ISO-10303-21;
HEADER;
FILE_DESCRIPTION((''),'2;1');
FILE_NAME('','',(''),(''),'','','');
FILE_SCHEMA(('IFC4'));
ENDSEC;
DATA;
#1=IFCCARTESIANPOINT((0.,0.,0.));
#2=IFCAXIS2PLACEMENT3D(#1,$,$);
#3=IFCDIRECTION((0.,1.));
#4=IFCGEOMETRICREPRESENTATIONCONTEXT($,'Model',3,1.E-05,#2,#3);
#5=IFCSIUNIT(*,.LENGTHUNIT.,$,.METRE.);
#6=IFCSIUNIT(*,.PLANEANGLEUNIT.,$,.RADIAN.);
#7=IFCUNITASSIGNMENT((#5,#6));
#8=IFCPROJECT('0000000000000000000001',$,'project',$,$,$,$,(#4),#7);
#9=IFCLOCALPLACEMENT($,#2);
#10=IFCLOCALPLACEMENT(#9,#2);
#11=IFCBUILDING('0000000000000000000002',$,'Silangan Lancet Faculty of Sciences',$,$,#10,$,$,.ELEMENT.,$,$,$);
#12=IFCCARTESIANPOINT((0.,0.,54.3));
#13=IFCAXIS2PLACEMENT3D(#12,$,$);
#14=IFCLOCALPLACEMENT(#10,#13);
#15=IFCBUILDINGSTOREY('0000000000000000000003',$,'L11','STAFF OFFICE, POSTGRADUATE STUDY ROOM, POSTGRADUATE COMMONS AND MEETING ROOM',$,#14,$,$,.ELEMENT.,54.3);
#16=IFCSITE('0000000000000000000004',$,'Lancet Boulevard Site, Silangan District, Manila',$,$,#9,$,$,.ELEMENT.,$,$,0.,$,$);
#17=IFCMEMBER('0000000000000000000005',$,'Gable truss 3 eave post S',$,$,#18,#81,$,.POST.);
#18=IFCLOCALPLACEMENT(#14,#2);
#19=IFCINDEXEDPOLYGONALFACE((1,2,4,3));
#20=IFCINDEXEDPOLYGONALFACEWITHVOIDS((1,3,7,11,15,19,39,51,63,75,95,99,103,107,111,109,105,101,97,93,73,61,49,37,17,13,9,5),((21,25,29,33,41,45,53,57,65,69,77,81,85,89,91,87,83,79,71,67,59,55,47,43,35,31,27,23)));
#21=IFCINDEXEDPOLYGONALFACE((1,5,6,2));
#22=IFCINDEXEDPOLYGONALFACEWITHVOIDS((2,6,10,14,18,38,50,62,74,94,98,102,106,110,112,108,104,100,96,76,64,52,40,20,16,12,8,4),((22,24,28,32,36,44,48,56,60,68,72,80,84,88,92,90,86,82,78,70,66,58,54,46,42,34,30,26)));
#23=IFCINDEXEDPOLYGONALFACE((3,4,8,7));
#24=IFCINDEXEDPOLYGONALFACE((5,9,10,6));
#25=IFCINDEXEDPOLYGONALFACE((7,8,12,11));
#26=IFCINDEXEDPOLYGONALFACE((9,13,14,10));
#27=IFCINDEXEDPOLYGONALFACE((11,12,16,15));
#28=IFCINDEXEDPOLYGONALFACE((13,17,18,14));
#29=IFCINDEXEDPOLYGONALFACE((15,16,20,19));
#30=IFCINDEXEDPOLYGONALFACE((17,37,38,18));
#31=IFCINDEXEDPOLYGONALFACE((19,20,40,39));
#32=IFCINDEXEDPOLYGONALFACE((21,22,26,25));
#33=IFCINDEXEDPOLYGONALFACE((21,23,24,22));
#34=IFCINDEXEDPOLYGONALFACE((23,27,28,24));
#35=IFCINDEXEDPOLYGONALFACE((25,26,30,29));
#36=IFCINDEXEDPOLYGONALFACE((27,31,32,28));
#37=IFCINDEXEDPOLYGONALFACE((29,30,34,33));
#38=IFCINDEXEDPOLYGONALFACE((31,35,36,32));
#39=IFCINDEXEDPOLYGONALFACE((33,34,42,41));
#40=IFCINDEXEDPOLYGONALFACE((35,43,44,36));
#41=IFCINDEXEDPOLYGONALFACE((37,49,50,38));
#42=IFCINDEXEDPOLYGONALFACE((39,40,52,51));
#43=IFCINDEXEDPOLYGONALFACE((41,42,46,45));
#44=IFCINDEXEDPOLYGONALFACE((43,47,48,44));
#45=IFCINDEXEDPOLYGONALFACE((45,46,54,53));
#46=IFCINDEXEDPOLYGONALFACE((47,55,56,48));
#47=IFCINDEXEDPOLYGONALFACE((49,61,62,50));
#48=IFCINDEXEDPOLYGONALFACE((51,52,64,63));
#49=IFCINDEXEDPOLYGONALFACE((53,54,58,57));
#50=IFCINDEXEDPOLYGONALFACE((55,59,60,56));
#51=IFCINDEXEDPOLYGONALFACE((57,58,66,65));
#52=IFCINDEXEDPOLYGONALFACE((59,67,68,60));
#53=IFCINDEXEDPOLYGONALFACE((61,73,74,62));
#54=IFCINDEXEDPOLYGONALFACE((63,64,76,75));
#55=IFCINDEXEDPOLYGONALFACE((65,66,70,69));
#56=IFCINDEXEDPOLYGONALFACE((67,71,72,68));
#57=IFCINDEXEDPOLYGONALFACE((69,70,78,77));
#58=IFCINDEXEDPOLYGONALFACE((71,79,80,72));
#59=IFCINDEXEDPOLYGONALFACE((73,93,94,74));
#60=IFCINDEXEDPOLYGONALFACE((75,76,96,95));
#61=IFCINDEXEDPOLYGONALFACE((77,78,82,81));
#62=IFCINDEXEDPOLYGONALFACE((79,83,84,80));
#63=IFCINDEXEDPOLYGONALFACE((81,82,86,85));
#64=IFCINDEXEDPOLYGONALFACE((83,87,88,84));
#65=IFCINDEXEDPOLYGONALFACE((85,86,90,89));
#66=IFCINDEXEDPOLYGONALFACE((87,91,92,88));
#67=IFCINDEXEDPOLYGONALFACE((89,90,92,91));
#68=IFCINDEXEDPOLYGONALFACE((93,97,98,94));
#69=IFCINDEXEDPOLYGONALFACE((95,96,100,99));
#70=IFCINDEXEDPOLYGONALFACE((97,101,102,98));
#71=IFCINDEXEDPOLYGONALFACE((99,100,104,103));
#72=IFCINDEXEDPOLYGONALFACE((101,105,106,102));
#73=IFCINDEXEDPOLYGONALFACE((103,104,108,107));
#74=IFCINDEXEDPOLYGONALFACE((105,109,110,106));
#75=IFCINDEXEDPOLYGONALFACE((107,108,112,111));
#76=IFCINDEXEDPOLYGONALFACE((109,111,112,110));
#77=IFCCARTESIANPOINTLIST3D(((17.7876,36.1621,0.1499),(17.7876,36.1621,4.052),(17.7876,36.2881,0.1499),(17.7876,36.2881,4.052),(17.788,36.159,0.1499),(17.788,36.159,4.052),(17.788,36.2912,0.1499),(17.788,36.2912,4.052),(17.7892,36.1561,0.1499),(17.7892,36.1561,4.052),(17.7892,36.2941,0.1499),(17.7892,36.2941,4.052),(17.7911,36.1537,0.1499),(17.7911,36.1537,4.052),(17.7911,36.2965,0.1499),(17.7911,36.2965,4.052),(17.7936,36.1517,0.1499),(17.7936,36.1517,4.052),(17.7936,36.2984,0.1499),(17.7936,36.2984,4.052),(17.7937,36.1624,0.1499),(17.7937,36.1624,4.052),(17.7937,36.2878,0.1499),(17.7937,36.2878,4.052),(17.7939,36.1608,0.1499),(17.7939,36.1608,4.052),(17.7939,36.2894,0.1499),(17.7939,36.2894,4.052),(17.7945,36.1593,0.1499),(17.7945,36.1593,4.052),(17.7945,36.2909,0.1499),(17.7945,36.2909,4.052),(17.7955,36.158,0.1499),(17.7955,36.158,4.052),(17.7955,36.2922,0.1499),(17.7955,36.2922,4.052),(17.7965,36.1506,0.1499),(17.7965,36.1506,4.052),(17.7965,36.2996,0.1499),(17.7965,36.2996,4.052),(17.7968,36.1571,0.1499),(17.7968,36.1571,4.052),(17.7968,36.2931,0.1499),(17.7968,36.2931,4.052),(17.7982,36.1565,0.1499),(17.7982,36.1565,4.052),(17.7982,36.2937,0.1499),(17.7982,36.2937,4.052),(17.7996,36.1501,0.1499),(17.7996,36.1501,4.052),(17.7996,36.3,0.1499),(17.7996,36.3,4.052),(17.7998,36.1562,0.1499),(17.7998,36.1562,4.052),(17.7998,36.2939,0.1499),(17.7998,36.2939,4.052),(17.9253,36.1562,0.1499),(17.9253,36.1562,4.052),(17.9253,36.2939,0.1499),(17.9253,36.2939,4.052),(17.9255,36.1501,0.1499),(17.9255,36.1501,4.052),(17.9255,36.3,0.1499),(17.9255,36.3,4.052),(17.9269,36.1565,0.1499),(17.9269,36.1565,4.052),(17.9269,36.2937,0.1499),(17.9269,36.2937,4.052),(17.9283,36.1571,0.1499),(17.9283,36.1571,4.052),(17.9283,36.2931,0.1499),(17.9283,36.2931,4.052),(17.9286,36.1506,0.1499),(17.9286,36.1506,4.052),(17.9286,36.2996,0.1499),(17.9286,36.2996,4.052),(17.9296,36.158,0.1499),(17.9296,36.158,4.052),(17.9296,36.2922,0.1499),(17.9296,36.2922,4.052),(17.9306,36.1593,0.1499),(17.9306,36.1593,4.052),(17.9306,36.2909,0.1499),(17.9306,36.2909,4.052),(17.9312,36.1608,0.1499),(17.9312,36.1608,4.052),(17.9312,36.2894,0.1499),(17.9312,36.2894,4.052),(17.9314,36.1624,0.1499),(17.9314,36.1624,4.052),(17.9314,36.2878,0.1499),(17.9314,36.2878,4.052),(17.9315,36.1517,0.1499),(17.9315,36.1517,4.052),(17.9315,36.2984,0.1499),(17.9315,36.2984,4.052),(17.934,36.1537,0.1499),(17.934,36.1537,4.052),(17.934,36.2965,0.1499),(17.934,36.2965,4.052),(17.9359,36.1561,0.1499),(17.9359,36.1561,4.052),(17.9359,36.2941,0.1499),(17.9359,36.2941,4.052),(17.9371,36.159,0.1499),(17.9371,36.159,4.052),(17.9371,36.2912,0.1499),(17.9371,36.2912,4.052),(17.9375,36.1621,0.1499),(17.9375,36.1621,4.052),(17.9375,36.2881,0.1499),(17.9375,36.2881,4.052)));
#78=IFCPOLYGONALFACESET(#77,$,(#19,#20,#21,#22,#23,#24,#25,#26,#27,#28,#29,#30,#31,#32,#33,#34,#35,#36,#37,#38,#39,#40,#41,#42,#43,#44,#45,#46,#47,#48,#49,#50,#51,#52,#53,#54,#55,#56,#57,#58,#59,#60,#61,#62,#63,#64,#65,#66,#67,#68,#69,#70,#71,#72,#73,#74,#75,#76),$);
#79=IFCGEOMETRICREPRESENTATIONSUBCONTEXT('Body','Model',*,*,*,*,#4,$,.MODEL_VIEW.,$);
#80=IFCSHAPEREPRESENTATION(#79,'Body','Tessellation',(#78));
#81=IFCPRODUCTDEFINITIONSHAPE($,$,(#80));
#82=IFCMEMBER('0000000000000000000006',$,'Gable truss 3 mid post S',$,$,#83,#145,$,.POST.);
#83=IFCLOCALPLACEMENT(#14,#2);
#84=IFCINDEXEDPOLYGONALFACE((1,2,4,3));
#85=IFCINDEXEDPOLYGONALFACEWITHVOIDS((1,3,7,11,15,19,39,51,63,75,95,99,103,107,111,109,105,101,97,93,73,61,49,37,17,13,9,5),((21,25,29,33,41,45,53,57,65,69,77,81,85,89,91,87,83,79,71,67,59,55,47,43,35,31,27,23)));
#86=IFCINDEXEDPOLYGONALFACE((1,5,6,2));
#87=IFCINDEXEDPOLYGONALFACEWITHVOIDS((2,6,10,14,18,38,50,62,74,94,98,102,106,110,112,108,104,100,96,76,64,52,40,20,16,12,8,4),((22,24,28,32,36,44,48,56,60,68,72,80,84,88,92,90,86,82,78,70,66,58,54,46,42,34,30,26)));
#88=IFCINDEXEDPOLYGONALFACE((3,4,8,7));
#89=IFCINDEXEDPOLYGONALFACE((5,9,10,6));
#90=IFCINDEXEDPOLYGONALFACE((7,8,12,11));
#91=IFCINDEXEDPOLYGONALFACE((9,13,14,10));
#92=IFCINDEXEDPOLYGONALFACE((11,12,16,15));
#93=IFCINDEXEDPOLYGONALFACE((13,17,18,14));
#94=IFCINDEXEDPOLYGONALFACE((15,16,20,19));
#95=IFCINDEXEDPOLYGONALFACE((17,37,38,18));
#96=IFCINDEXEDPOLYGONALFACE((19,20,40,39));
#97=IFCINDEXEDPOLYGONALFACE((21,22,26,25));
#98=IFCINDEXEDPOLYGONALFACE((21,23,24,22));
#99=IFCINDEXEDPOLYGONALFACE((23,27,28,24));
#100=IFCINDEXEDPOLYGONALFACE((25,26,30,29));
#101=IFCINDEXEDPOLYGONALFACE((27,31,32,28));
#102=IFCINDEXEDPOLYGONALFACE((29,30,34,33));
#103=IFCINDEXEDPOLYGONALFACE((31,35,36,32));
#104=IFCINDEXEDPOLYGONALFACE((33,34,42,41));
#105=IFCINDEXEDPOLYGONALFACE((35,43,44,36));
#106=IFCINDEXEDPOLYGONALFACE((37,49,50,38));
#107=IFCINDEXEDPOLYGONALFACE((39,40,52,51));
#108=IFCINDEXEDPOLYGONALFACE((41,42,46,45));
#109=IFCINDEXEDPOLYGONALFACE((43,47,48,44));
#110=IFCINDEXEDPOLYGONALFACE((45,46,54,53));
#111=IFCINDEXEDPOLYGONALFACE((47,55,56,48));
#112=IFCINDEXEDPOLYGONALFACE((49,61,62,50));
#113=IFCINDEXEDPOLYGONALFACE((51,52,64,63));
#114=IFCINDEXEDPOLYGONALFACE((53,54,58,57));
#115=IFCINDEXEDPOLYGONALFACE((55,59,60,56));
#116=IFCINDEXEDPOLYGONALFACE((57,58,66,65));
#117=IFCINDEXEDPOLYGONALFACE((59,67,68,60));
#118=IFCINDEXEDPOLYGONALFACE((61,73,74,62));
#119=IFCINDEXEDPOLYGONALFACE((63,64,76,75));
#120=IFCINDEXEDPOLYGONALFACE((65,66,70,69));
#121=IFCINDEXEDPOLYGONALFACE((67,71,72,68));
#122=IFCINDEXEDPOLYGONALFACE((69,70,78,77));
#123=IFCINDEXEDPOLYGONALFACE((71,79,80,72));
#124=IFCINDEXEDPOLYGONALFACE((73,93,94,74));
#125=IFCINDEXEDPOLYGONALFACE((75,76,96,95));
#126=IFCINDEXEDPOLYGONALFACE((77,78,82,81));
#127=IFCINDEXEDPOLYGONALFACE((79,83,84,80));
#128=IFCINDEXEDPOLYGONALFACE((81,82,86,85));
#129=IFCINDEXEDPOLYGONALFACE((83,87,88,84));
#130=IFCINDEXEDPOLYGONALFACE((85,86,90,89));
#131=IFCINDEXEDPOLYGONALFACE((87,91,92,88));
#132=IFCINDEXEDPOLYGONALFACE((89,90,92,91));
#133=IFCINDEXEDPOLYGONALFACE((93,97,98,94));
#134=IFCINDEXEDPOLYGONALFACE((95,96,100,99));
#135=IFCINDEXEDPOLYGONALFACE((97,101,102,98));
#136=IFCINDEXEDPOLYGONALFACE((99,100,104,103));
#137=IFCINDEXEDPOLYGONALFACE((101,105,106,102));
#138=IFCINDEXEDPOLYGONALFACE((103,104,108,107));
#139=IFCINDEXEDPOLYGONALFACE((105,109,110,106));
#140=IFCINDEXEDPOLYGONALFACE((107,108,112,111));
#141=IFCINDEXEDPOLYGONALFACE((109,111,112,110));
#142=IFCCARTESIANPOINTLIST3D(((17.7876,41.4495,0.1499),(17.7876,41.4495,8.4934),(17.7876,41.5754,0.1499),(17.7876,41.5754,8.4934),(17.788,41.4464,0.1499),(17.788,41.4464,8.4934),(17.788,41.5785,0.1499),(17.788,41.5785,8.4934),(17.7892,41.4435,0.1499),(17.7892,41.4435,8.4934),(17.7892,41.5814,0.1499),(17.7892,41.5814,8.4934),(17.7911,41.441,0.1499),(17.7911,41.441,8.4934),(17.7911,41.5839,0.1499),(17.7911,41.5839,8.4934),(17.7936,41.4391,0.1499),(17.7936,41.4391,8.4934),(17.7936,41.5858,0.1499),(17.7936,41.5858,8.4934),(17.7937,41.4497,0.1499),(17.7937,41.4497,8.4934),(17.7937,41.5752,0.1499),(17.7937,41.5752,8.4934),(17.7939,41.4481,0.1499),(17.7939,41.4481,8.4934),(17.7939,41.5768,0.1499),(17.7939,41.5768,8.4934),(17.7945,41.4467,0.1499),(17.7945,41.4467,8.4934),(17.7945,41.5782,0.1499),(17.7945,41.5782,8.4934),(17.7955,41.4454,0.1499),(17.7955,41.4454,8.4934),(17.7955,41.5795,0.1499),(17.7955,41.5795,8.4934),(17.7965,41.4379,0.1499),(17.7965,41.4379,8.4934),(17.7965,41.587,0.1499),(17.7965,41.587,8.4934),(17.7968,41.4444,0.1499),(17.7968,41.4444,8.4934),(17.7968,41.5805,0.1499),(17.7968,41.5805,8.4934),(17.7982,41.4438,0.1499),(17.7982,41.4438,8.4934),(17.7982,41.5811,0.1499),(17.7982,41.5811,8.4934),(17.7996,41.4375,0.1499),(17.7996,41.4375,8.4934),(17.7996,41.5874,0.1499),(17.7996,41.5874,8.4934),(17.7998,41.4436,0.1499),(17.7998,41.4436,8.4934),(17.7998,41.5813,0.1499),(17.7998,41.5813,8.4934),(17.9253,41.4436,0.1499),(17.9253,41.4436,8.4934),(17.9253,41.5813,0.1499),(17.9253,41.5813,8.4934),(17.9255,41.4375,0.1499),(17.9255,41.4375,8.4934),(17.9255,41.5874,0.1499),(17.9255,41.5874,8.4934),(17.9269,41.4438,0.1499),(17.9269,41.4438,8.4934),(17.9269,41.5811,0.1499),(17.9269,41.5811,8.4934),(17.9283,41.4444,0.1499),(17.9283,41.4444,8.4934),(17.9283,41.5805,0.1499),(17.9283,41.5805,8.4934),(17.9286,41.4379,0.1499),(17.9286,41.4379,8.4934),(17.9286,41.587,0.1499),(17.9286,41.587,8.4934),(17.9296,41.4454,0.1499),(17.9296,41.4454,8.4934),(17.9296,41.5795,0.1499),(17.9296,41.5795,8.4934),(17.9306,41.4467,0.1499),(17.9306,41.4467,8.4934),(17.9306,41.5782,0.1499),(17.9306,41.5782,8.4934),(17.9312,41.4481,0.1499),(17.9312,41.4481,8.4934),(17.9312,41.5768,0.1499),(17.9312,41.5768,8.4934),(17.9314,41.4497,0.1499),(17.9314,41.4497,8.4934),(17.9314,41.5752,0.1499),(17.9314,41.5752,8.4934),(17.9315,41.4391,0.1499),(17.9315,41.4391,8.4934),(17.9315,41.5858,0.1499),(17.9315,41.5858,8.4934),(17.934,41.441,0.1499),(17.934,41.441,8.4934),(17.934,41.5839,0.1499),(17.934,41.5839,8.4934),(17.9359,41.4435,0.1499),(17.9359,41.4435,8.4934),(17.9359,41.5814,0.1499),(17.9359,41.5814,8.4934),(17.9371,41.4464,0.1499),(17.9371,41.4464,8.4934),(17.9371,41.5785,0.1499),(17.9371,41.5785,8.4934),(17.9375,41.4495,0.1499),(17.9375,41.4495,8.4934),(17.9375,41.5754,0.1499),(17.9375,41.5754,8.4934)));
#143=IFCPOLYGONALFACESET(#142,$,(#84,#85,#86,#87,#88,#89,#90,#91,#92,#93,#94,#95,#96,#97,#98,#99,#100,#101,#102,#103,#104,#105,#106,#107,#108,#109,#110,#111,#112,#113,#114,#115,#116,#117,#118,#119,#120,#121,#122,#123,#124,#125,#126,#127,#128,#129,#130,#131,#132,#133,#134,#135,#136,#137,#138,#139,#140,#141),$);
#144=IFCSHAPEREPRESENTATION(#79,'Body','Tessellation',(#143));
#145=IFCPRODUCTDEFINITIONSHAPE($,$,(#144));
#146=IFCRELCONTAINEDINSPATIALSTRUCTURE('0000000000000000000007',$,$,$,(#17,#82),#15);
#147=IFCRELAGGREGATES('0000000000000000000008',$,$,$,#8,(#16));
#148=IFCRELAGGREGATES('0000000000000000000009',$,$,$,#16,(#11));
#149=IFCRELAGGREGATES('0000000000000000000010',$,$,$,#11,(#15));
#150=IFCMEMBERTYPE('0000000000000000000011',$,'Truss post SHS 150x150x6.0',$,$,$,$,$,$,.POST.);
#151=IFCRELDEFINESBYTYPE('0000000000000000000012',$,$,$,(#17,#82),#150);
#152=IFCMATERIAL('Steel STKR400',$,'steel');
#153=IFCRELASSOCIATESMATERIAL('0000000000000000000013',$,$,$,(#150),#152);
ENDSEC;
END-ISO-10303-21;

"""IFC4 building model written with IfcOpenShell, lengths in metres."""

from ifc_helpers import new_model, si_unit, direction, frame, origin, origin_2d, place, context, subcontext, project, spatial, hollow_rectangle, extrude, material, material_profile, profile_set, type_object, element, save


model = new_model("IFC4")

# Units and contexts
model_context = context("Model", 3, precision=1e-05, world=origin(), true_north=direction((0.0, 1.0)))
body_context = subcontext(model_context, "Body", "Model", "MODEL_VIEW")
ifc_project = project(units=[si_unit("LENGTHUNIT", "METRE"), si_unit("PLANEANGLEUNIT", "RADIAN")], contexts=[model_context])

# Site, building, storey
site_placement = place(None, origin())
site = spatial("IfcSite", under=ifc_project, at=site_placement, Name="Lancet Boulevard Site, Silangan District, Manila", CompositionType="ELEMENT", RefElevation=0.0)
building_placement = place(site_placement, origin())
building = spatial("IfcBuilding", under=site, at=building_placement, Name="Silangan Lancet Faculty of Sciences", CompositionType="ELEMENT")
storey_placement = place(building_placement, frame((0.0, 0.0, 54.3)))
storey = spatial("IfcBuildingStorey", under=building, at=storey_placement, Name="L11", Description="STAFF OFFICE, POSTGRADUATE STUDY ROOM, POSTGRADUATE COMMONS AND MEETING ROOM", CompositionType="ELEMENT", Elevation=54.3)

# Members
ifc_material_1 = material(Name="Steel STKR400", Category="steel")
ifc_material_profile_1 = material_profile(ifc_material_1, hollow_rectangle(XDim=0.1499, YDim=0.1499, WallThickness=0.0061, InnerFilletRadius=0.0061, OuterFilletRadius=0.012, at=origin_2d()), Name="SHS 150x150x6.0")
ifc_profile_set_1 = profile_set([ifc_material_profile_1], Name="Steel STKR400")
member_type_1 = type_object("IfcMemberType", Name="Truss post SHS 150x150x6.0", PredefinedType="POST", material=ifc_profile_set_1)
member_1_placement = place(storey_placement, frame((17.8625, 36.2251, 0.1499), z_axis=(0.0, 0.0, 1.0), x_axis=(1.0, 0.0, 0.0)))
element("IfcMember", 1, at=member_1_placement, inside=storey, type_object=member_type_1, Name="Gable truss 3 eave post S", PredefinedType="POST", context=body_context, shape_type="SweptSolid", body=[
    extrude(hollow_rectangle(XDim=0.1499, YDim=0.1499, WallThickness=0.0061, InnerFilletRadius=0.0061, OuterFilletRadius=0.012, at=origin_2d()), origin(), (0.0, 0.0, 1.0), 3.9021),
])
member_2_placement = place(storey_placement, frame((17.8625, 41.5125, 0.1499), z_axis=(0.0, 0.0, 1.0), x_axis=(1.0, 0.0, 0.0)))
element("IfcMember", 2, at=member_2_placement, inside=storey, type_object=member_type_1, Name="Gable truss 3 mid post S", PredefinedType="POST", context=body_context, shape_type="SweptSolid", body=[
    extrude(hollow_rectangle(XDim=0.1499, YDim=0.1499, WallThickness=0.0061, InnerFilletRadius=0.0061, OuterFilletRadius=0.012, at=origin_2d()), origin(), (0.0, 0.0, 1.0), 8.3435),
])

save(model, "model.ifc")
